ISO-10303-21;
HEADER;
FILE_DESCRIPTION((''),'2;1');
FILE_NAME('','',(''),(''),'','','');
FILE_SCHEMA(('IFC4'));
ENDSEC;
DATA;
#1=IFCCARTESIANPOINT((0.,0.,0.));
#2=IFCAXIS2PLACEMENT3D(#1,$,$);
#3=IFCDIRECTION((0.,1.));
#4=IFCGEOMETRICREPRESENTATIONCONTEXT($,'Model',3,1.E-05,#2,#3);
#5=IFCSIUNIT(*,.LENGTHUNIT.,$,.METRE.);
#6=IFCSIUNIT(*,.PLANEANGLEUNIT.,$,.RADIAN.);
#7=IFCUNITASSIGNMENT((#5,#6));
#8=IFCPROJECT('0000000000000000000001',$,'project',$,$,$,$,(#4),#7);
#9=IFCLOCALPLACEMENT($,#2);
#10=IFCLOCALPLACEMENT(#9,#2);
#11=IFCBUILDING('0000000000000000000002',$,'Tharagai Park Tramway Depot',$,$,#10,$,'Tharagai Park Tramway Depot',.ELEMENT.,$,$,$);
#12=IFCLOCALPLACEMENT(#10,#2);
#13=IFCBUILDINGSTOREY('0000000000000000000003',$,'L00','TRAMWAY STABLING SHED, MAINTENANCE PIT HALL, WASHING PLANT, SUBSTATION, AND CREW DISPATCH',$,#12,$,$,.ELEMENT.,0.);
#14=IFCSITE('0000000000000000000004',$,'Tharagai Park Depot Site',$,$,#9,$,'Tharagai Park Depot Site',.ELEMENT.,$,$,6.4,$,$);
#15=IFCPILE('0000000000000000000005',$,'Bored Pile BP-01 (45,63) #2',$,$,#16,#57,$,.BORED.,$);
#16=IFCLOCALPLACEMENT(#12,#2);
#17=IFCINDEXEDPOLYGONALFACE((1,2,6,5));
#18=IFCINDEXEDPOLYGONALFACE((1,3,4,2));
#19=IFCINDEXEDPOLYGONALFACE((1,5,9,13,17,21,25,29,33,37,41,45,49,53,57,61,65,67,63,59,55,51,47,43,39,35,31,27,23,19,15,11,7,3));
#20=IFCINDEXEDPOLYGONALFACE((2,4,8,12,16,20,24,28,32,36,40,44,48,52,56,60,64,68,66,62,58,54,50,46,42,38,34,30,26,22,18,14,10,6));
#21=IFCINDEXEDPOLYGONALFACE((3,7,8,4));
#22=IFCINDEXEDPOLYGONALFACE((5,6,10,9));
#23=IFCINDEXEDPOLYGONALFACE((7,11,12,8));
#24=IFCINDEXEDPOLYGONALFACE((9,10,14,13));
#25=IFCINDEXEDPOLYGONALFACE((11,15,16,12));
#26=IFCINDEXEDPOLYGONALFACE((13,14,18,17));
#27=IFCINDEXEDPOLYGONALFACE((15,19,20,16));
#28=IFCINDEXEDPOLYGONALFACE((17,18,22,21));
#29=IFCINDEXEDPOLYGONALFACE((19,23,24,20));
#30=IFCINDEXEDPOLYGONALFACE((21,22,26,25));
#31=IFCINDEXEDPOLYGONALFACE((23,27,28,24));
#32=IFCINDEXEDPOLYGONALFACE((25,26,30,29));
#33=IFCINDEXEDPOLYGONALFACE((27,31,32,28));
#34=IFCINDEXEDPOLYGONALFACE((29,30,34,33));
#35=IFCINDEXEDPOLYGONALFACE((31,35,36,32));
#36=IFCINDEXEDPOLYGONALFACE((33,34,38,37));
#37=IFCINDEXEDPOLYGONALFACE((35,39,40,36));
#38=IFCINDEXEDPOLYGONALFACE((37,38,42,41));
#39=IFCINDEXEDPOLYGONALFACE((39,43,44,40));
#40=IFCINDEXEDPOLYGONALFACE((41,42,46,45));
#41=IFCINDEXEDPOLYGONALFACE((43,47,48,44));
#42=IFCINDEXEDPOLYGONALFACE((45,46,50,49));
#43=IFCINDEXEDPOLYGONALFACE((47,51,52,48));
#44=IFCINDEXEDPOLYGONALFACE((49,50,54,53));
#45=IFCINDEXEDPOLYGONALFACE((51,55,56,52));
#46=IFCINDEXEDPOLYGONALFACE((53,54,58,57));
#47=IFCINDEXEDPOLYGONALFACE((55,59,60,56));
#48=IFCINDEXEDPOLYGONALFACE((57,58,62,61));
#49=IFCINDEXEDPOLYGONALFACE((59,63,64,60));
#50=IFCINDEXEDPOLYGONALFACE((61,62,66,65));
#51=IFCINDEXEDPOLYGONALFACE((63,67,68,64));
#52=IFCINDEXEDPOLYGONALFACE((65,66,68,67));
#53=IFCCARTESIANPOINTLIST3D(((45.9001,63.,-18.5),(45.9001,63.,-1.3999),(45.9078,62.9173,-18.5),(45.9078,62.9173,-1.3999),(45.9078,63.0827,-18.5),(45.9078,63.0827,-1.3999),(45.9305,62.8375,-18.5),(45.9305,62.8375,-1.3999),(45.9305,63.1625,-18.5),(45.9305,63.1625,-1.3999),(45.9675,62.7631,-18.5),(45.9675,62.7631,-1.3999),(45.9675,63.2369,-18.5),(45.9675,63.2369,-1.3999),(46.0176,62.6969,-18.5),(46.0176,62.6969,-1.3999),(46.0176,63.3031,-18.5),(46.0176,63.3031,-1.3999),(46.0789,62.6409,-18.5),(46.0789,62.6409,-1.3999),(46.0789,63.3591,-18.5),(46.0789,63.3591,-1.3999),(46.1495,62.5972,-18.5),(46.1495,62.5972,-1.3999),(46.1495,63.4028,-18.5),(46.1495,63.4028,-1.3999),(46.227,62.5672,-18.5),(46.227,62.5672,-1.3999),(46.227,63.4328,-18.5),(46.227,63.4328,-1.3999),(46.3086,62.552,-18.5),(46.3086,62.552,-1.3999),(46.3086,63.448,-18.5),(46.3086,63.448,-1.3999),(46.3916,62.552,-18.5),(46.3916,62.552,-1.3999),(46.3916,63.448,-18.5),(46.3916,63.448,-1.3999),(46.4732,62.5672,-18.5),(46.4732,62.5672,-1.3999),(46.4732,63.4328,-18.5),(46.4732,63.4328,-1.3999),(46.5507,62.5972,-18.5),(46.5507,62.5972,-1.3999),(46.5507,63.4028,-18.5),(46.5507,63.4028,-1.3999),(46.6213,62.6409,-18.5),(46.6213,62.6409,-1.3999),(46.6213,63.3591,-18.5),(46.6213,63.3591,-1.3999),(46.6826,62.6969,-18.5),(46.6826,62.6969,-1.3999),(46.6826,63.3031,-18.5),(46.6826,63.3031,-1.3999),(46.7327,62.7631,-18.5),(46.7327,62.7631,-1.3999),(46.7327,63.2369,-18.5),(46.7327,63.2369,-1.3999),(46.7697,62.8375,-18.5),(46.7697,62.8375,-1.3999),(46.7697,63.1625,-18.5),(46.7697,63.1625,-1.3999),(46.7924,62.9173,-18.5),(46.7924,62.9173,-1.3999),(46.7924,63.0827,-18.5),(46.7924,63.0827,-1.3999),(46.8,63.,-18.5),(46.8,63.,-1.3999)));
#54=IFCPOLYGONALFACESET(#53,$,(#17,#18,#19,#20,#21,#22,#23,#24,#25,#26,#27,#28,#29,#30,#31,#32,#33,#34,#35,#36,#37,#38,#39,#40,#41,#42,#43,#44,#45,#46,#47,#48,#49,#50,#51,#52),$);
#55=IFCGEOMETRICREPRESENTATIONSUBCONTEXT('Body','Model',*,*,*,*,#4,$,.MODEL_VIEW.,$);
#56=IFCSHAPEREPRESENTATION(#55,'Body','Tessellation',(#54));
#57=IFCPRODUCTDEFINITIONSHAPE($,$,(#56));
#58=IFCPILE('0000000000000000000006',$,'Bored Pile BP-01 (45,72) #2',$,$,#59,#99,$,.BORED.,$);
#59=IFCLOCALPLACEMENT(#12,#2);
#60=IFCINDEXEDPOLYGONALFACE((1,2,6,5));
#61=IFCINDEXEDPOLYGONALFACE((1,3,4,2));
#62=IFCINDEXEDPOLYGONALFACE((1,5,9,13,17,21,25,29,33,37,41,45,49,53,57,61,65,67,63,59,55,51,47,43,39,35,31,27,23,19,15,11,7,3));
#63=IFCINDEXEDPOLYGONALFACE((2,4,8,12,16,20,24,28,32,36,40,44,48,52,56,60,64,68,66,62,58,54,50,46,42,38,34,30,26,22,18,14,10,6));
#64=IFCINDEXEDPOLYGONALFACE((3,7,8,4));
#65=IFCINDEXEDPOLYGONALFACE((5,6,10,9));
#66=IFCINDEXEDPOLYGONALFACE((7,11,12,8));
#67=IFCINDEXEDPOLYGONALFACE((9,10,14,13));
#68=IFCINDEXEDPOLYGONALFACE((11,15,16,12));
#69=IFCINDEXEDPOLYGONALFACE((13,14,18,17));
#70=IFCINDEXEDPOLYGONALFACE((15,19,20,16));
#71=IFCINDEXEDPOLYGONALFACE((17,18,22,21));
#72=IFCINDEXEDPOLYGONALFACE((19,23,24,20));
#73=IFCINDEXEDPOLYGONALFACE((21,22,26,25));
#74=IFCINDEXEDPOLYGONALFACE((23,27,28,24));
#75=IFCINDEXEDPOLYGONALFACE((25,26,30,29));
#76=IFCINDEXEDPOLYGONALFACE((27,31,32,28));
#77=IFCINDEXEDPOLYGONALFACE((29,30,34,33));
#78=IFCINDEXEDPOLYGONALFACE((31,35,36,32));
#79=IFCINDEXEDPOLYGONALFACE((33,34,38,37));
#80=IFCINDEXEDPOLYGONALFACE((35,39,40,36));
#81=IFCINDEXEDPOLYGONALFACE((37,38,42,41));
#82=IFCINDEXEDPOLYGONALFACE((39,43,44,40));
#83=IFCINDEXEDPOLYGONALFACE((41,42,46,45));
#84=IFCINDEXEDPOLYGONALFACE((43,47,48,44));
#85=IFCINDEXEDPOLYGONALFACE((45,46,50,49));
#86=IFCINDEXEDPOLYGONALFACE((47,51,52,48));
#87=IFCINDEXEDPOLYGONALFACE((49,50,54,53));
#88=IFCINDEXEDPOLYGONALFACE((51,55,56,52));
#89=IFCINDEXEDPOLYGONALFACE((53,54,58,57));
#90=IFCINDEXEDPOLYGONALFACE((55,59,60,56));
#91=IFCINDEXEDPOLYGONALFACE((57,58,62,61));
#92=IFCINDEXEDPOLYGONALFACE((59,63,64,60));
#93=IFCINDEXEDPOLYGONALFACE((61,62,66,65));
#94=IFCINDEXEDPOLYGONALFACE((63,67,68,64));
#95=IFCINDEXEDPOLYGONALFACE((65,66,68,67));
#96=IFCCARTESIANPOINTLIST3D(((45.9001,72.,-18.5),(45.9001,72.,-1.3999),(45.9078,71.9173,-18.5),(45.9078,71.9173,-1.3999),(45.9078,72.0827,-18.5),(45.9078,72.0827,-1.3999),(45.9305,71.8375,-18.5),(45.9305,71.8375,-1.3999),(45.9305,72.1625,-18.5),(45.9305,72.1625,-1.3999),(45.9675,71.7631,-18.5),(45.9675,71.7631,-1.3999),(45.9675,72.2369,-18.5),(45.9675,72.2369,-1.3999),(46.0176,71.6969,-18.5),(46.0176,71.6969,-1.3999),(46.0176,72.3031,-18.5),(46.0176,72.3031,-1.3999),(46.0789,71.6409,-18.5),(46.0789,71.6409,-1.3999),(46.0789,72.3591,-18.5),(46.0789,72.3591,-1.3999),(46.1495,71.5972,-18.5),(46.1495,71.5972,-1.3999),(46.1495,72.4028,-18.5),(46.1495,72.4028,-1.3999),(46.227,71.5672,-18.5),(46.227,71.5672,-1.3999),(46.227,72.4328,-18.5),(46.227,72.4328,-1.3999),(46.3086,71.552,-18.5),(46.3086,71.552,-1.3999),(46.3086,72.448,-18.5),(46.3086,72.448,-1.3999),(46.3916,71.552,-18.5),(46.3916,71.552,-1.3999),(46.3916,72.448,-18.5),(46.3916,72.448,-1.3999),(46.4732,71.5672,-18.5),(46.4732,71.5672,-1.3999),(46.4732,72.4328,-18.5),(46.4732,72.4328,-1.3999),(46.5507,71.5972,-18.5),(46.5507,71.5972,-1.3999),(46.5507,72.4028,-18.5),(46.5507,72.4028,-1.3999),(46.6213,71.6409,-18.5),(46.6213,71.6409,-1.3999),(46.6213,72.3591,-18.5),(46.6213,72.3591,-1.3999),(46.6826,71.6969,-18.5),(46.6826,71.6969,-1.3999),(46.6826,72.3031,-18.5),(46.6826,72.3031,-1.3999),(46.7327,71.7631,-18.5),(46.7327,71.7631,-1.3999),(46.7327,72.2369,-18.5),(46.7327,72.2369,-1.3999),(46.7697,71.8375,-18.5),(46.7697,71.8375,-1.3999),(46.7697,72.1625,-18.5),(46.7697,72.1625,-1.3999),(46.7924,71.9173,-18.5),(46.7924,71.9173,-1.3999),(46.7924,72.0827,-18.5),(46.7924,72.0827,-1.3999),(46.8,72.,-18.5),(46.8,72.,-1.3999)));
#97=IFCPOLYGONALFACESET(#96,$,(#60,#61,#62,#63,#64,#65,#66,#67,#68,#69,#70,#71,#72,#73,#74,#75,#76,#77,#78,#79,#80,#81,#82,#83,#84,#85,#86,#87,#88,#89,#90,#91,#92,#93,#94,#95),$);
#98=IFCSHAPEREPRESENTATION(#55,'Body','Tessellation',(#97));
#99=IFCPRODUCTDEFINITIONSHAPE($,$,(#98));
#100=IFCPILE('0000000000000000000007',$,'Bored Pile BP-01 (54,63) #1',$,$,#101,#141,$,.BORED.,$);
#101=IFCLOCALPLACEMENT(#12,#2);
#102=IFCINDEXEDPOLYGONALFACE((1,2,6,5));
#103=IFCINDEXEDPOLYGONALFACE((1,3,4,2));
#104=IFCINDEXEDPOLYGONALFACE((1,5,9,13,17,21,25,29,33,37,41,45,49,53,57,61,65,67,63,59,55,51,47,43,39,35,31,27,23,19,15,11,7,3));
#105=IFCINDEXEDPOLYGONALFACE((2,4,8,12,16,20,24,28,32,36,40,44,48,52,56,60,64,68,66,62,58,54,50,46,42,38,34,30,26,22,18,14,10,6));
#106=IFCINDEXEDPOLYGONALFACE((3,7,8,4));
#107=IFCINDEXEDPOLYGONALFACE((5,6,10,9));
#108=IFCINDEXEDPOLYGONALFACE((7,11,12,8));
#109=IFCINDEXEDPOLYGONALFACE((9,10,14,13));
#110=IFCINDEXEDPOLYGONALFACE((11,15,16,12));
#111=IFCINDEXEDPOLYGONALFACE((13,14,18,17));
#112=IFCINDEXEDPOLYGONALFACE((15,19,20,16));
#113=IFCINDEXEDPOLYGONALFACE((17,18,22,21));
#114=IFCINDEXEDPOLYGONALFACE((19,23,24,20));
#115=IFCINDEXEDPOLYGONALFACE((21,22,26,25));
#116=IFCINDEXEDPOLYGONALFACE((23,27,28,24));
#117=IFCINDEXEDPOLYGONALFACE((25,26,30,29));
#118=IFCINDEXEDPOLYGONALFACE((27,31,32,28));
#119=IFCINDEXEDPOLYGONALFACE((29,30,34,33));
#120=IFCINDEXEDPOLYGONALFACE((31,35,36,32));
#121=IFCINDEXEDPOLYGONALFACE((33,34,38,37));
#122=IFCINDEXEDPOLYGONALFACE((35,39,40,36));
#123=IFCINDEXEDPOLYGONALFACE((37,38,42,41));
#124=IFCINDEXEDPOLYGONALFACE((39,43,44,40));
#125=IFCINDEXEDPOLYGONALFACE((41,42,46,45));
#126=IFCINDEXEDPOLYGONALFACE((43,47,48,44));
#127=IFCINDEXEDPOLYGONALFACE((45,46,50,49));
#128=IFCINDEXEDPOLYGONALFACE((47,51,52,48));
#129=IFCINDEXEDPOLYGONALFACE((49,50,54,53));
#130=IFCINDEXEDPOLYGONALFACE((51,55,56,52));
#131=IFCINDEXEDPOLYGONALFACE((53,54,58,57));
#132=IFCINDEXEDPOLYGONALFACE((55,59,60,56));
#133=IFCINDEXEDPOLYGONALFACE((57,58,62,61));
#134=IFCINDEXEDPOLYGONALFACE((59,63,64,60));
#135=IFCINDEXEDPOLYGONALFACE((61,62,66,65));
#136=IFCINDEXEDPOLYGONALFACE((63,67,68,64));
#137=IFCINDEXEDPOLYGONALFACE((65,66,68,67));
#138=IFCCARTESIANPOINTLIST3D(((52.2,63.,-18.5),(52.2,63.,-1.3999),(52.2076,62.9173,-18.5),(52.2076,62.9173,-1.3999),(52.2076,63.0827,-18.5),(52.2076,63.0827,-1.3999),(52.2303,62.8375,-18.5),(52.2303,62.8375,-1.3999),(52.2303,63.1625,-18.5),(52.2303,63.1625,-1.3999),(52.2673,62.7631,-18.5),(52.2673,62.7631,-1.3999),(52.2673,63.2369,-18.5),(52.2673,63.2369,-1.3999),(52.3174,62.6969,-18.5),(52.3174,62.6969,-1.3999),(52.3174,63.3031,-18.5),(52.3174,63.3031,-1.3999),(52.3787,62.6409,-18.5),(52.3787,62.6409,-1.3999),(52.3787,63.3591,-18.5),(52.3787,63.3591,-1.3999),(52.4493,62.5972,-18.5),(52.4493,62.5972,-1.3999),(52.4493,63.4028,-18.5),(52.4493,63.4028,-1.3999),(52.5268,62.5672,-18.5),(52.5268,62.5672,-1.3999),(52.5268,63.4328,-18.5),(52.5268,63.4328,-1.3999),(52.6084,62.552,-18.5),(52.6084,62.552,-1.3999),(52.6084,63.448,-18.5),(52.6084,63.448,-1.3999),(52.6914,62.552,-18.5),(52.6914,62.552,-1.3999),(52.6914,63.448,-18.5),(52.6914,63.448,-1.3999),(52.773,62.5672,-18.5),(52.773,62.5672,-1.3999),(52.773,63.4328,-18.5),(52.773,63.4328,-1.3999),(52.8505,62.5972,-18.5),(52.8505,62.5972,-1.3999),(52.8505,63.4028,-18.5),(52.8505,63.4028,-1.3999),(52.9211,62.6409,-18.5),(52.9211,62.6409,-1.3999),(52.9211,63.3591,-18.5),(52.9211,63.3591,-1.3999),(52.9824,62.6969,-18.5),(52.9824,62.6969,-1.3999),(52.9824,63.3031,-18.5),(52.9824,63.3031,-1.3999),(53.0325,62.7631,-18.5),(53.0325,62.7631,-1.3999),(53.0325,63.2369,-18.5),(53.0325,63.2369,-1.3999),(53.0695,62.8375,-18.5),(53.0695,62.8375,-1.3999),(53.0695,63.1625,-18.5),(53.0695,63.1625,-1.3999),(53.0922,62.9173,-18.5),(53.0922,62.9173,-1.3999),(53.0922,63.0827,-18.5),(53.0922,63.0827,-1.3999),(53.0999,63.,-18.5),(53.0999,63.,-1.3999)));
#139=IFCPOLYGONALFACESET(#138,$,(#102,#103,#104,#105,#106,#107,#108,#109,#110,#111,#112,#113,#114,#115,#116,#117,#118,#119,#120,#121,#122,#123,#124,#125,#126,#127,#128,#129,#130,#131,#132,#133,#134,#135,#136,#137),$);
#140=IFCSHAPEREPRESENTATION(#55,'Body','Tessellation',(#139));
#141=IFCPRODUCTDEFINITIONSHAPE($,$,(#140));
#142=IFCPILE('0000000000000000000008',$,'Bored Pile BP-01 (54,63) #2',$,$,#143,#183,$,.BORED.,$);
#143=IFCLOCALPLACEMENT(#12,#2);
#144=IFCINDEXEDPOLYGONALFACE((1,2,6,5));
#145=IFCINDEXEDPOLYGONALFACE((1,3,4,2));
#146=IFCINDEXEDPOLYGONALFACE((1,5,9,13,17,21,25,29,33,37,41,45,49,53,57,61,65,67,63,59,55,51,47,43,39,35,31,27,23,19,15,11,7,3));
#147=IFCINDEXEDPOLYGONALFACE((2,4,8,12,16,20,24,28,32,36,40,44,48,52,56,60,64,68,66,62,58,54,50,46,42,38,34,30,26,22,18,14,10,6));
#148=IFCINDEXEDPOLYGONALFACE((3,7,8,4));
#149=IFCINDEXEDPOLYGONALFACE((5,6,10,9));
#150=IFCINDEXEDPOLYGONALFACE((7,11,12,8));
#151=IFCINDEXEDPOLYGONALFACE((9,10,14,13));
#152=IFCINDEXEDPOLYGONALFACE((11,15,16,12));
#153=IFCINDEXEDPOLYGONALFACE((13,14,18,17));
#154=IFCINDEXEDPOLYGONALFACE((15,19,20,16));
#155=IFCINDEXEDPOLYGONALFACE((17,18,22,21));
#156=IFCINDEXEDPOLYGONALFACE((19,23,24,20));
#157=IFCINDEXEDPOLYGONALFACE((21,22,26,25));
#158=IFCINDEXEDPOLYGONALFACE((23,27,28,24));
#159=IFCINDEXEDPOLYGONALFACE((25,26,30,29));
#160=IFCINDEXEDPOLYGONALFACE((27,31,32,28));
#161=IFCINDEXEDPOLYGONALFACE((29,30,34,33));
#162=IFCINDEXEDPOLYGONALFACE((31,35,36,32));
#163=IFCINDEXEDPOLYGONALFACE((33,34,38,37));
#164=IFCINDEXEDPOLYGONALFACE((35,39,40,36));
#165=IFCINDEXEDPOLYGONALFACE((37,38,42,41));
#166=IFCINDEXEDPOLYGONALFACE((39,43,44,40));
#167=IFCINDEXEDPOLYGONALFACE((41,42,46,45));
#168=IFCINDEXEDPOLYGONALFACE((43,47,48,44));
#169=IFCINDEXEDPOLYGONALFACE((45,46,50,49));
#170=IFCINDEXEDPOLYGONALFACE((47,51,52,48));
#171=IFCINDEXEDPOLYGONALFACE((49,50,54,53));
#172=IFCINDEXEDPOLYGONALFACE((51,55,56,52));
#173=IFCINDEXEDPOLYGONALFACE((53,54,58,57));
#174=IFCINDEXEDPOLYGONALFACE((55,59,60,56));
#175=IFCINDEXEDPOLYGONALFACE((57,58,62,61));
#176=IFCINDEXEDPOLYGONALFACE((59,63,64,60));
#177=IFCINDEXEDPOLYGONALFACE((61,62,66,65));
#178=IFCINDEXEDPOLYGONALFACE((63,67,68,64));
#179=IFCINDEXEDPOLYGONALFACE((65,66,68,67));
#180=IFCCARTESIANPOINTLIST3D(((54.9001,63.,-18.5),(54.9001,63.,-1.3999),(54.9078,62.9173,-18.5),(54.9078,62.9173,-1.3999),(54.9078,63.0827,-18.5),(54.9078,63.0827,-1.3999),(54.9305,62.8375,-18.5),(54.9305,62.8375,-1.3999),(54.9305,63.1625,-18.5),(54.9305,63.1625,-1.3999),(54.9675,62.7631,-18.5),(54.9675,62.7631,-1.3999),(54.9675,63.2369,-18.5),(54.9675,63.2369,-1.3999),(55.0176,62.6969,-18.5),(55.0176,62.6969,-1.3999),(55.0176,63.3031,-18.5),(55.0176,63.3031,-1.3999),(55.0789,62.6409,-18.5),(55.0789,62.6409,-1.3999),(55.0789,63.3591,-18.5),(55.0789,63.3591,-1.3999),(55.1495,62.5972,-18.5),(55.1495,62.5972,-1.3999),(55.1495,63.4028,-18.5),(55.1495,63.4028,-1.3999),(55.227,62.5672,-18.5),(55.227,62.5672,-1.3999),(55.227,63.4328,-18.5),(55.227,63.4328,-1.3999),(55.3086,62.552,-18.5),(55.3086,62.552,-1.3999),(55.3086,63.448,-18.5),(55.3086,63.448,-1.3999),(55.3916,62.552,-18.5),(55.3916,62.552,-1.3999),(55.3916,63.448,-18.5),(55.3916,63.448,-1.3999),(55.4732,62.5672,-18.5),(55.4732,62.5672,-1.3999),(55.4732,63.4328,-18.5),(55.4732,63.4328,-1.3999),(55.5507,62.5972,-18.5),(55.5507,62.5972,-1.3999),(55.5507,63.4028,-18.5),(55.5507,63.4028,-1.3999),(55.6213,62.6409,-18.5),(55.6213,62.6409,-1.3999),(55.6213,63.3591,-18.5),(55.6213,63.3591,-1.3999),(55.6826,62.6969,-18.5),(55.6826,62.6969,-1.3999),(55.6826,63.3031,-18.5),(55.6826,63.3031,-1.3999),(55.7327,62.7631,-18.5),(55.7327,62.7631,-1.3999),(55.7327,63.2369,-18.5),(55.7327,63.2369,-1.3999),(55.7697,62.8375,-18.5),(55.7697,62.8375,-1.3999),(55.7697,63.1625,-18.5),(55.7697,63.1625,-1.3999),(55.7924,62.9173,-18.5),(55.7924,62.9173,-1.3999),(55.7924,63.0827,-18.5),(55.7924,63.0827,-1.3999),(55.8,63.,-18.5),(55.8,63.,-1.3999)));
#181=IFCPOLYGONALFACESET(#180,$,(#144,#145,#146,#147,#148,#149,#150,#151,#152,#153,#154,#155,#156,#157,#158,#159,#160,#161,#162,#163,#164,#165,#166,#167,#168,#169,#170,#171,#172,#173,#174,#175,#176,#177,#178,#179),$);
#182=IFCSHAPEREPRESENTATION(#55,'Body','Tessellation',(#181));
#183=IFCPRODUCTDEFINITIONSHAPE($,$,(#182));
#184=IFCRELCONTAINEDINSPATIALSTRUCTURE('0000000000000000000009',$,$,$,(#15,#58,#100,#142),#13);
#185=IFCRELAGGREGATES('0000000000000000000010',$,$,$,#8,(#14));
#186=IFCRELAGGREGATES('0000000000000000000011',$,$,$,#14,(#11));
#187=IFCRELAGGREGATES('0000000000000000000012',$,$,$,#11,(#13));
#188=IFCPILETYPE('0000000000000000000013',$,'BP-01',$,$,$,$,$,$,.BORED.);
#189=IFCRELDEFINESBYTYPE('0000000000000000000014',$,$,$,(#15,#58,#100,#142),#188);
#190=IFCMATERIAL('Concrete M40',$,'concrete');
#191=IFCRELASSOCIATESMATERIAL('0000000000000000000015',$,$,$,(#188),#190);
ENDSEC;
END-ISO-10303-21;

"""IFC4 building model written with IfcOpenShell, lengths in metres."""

from ifc_helpers import new_model, si_unit, direction, frame, origin, origin_2d, place, context, subcontext, project, spatial, circle, extrude, material, material_profile, profile_set, type_object, element, save


model = new_model("IFC4")

# Units and contexts
model_context = context("Model", 3, precision=1e-05, world=origin(), true_north=direction((0.0, 1.0)))
body_context = subcontext(model_context, "Body", "Model", "MODEL_VIEW")
ifc_project = project(units=[si_unit("LENGTHUNIT", "METRE"), si_unit("PLANEANGLEUNIT", "RADIAN")], contexts=[model_context])

# Site, building, storey
site_placement = place(None, origin())
site = spatial("IfcSite", under=ifc_project, at=site_placement, Name="Tharagai Park Depot Site", LongName="Tharagai Park Depot Site", CompositionType="ELEMENT", RefElevation=6.4)
building_placement = place(site_placement, origin())
building = spatial("IfcBuilding", under=site, at=building_placement, Name="Tharagai Park Tramway Depot", LongName="Tharagai Park Tramway Depot", CompositionType="ELEMENT")
storey_placement = place(building_placement, origin())
storey = spatial("IfcBuildingStorey", under=building, at=storey_placement, Name="L00", Description="TRAMWAY STABLING SHED, MAINTENANCE PIT HALL, WASHING PLANT, SUBSTATION, AND CREW DISPATCH", CompositionType="ELEMENT", Elevation=0.0)

# Piles
ifc_material_1 = material(Name="Concrete M40", Category="concrete")
ifc_material_profile_1 = material_profile(ifc_material_1, circle(Radius=0.45, at=origin_2d()), Name="PILE D900")
ifc_profile_set_1 = profile_set([ifc_material_profile_1], Name="Concrete M40")
pile_type = type_object("IfcPileType", Name="BP-01", PredefinedType="BORED", material=ifc_profile_set_1)
for number, where, z_axis, x_axis, name in (
    (1, (46.3501, 63.0, -1.3999), (0.0, 0.0, -1.0), (1.0, 0.0, 0.0), "Bored Pile BP-01 (45,63) #2"),
    (2, (46.3501, 72.0, -1.3999), (0.0, 0.0, -1.0), (1.0, 0.0, 0.0), "Bored Pile BP-01 (45,72) #2"),
    (3, (52.6499, 63.0, -1.3999), (0.0, 0.0, -1.0), (1.0, 0.0, 0.0), "Bored Pile BP-01 (54,63) #1"),
    (4, (55.3501, 63.0, -1.3999), (0.0, 0.0, -1.0), (1.0, 0.0, 0.0), "Bored Pile BP-01 (54,63) #2"),
):
    element("IfcPile", number, at=place(storey_placement, frame(where, z_axis=z_axis, x_axis=x_axis)), inside=storey, type_object=pile_type, Name=name, PredefinedType="BORED", context=body_context, shape_type="SweptSolid", body=[
        extrude(circle(Radius=0.45, at=origin_2d()), origin(), (0.0, 0.0, 1.0), 17.1001),
    ])

save(model, "model.ifc")
